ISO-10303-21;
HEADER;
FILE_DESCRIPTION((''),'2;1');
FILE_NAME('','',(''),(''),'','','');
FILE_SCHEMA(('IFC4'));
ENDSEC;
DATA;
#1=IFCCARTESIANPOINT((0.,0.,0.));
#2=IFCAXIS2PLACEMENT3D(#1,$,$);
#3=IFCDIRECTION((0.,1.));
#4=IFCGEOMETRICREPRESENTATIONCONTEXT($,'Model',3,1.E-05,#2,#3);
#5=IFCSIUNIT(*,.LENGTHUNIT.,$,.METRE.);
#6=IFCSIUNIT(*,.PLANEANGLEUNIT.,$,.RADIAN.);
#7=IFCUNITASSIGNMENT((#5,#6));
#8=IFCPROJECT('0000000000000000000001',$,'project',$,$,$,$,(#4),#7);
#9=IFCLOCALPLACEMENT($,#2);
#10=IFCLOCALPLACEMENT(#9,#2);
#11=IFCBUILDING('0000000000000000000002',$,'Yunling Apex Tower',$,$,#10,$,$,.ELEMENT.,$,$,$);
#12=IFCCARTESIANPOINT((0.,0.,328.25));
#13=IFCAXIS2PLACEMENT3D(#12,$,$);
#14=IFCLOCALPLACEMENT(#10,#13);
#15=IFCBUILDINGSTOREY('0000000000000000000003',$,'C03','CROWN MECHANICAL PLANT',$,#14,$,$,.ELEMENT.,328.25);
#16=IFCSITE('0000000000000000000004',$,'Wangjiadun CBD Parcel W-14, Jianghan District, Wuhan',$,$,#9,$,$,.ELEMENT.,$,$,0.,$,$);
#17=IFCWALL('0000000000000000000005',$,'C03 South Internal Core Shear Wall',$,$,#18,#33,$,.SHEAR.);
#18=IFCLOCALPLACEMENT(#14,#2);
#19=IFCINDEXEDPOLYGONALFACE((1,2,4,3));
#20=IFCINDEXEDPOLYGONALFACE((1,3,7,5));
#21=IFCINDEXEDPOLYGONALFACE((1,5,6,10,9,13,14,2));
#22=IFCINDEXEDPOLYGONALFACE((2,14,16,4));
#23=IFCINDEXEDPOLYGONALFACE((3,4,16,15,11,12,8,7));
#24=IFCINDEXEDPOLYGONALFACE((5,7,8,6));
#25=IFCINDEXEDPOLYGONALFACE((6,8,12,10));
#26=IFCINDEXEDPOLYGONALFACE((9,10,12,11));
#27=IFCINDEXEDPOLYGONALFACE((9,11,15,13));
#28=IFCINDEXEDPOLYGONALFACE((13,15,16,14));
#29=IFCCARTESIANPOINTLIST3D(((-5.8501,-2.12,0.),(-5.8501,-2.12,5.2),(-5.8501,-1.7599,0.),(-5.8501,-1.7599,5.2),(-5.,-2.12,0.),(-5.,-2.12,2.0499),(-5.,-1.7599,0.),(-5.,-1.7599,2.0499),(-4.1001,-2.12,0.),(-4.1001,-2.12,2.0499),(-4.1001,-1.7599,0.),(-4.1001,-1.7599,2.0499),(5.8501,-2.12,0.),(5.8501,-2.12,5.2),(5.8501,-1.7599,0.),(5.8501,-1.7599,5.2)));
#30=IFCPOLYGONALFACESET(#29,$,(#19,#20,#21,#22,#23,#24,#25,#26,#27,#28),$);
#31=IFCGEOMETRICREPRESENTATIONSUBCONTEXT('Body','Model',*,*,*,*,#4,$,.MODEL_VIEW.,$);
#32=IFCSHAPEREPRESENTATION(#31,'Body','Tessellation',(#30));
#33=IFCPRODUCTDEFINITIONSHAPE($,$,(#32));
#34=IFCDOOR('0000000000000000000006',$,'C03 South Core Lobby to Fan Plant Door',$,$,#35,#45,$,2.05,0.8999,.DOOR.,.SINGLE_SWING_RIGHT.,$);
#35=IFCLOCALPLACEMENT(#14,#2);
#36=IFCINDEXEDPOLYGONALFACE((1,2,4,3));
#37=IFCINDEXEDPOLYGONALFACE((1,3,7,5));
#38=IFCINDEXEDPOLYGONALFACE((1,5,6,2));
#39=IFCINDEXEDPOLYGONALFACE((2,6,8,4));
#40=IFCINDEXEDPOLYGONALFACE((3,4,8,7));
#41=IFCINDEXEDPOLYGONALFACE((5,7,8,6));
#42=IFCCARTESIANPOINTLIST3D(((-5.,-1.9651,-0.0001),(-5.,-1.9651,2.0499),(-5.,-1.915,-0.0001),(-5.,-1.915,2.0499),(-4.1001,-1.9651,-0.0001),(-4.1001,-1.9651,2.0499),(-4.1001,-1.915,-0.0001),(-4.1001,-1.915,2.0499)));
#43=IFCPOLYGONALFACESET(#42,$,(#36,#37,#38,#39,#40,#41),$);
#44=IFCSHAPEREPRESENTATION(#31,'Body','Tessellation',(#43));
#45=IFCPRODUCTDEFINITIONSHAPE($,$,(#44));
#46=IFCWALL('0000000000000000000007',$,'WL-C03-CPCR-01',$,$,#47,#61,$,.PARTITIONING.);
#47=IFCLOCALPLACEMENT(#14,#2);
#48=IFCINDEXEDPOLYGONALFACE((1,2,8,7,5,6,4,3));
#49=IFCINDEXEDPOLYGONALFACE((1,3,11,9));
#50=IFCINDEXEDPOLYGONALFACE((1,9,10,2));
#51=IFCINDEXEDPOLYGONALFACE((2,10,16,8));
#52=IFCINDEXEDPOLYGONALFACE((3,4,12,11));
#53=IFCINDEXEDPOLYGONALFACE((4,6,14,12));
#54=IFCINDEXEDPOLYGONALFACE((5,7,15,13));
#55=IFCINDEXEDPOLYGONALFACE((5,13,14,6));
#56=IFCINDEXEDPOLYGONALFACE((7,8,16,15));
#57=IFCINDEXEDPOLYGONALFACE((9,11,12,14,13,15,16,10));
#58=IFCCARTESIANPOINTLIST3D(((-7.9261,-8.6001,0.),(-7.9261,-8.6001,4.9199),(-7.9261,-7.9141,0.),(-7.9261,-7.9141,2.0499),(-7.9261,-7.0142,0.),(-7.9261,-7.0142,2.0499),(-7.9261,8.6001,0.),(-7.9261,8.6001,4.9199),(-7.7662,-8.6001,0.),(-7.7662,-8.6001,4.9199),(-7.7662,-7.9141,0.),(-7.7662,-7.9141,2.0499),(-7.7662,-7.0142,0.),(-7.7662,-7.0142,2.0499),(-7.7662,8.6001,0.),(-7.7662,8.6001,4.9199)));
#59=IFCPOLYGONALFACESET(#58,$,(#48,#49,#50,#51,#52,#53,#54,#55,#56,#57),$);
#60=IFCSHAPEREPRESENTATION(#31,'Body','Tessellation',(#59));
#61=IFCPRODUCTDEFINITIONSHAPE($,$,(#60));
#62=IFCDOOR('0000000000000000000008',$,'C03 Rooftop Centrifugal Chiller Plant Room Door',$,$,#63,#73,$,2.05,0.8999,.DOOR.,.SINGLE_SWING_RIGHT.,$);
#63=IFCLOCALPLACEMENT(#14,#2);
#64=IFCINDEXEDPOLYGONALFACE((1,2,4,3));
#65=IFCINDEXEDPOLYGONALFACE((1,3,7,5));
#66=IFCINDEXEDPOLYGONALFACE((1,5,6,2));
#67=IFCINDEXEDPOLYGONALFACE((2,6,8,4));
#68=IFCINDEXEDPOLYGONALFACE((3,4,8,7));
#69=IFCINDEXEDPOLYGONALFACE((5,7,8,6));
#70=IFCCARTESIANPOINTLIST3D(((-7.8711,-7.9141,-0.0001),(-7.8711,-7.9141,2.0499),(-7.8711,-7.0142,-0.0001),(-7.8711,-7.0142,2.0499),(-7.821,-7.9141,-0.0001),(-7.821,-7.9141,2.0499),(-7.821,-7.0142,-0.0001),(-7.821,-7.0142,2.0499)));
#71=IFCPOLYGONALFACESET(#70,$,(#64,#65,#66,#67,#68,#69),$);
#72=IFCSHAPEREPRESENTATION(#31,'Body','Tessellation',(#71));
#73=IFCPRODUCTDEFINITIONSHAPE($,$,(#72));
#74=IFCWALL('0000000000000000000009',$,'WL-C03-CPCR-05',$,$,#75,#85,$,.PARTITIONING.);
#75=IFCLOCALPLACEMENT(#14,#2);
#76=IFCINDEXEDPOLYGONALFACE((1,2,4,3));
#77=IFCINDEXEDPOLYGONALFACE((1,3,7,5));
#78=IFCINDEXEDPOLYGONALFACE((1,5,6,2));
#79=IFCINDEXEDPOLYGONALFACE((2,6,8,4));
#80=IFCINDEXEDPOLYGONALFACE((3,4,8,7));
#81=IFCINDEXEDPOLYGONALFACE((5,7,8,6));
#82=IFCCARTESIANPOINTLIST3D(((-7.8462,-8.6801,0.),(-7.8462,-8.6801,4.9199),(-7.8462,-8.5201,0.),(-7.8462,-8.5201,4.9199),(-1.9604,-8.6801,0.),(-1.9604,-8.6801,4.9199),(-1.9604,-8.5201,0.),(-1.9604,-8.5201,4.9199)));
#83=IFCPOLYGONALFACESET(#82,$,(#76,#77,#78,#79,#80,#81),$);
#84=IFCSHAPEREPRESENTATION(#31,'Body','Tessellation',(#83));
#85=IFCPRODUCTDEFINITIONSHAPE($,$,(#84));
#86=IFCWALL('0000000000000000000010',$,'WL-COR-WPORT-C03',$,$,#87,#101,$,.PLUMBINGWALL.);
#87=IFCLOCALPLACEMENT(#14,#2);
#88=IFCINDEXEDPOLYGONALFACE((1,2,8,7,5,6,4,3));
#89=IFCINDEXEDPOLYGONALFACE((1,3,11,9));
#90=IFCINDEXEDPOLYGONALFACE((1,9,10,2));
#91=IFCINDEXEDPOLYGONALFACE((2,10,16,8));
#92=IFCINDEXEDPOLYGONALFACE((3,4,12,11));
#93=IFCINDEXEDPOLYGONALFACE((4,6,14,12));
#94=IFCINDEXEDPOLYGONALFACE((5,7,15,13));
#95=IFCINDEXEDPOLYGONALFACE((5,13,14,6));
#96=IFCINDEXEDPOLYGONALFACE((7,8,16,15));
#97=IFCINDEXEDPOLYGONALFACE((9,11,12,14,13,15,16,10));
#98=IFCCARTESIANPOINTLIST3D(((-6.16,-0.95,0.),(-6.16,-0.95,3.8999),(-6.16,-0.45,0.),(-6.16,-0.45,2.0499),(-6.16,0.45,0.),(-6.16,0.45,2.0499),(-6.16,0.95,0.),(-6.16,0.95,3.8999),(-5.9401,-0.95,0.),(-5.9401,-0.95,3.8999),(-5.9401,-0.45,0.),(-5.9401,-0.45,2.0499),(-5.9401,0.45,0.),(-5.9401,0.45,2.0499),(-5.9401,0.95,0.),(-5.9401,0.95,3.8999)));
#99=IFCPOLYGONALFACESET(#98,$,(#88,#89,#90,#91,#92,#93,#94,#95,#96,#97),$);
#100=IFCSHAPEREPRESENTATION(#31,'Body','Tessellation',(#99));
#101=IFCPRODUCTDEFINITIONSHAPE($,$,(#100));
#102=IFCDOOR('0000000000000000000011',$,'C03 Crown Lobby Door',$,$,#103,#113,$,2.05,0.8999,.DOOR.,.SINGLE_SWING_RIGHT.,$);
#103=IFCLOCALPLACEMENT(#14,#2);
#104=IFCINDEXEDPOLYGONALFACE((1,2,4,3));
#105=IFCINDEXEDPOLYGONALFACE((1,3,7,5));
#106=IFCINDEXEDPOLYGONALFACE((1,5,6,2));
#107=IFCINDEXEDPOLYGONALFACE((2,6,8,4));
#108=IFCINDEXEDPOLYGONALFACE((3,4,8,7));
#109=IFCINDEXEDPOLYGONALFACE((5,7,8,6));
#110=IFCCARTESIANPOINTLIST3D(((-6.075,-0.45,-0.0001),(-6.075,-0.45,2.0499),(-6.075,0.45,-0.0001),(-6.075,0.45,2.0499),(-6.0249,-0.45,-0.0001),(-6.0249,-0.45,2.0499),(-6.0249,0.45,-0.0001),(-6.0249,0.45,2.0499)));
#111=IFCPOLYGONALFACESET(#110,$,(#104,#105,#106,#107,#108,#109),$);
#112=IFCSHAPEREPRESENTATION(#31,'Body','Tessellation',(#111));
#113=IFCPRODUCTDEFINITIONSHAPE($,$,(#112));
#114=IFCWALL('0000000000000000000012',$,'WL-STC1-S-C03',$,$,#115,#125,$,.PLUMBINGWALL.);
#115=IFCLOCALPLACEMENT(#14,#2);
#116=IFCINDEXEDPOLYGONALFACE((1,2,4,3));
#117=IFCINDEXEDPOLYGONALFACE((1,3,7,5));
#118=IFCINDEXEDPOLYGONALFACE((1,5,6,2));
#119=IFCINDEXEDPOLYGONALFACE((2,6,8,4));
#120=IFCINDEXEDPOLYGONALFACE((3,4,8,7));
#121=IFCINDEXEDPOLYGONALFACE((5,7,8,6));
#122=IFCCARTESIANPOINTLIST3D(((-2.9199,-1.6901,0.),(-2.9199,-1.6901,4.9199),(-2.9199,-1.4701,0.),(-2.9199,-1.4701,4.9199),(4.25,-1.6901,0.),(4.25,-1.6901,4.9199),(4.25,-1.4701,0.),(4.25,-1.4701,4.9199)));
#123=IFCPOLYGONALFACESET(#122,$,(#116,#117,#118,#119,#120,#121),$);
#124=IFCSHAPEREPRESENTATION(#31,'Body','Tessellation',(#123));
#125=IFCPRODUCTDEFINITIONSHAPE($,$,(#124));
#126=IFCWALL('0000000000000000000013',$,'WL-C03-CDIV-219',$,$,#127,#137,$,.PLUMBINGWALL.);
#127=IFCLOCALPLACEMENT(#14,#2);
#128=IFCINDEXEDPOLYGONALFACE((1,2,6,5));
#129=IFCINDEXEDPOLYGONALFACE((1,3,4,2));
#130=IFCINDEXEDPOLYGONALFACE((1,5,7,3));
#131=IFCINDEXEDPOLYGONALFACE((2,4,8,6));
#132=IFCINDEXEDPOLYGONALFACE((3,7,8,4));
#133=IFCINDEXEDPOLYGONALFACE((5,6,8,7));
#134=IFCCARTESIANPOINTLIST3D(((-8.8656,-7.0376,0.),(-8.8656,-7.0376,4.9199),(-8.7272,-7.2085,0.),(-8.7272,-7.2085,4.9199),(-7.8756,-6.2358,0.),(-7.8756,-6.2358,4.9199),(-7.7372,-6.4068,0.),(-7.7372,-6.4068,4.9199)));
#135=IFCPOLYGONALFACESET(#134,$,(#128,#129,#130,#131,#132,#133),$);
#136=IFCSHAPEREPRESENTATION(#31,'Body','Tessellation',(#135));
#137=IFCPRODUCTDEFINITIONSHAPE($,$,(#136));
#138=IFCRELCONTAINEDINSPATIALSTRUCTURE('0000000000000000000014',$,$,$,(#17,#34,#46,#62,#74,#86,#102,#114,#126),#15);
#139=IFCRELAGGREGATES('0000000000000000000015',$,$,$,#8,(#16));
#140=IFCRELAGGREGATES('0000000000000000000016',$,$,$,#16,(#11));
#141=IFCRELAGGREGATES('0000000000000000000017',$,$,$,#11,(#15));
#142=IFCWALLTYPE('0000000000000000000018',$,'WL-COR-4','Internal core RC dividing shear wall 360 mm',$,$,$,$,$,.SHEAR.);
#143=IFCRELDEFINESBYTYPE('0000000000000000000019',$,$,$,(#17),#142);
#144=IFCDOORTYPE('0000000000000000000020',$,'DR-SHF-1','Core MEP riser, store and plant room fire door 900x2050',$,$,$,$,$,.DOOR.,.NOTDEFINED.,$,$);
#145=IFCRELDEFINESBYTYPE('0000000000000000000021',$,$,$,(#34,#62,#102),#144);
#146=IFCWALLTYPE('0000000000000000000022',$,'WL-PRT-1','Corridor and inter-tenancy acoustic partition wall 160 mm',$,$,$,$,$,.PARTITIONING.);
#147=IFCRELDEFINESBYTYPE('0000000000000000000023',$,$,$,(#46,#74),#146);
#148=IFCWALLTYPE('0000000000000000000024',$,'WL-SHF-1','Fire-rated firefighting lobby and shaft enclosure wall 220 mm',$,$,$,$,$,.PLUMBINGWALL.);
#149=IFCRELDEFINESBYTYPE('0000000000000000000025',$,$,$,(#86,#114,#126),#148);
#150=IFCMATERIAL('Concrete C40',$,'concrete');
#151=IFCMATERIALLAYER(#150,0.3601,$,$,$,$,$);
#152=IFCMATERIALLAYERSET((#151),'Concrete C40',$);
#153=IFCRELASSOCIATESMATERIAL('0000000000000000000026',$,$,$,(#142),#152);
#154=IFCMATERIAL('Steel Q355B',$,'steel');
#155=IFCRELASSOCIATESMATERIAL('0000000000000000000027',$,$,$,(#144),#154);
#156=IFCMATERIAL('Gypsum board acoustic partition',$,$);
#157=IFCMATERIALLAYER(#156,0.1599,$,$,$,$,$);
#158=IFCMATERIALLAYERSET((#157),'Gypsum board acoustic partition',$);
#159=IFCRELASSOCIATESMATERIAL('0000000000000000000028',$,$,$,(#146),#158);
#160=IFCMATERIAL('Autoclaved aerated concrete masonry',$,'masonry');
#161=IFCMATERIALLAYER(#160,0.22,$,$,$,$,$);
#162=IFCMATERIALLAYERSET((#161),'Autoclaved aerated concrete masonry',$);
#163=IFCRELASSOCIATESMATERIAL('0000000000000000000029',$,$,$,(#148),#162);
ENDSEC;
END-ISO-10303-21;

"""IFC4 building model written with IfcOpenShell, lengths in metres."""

from ifc_helpers import new_model, si_unit, direction, frame, frame_2d, origin, place, context, subcontext, project, spatial, rectangle, extrude, material, layer, layer_set, type_object, element, fill, save


model = new_model("IFC4")

# Units and contexts
model_context = context("Model", 3, precision=1e-05, world=origin(), true_north=direction((0.0, 1.0)))
body_context = subcontext(model_context, "Body", "Model", "MODEL_VIEW")
ifc_project = project(units=[si_unit("LENGTHUNIT", "METRE"), si_unit("PLANEANGLEUNIT", "RADIAN")], contexts=[model_context])

# Site, building, storey
site_placement = place(None, origin())
site = spatial("IfcSite", under=ifc_project, at=site_placement, Name="Wangjiadun CBD Parcel W-14, Jianghan District, Wuhan", CompositionType="ELEMENT", RefElevation=0.0)
building_placement = place(site_placement, origin())
building = spatial("IfcBuilding", under=site, at=building_placement, Name="Yunling Apex Tower", CompositionType="ELEMENT")
storey_placement = place(building_placement, frame((0.0, 0.0, 328.25)))
storey = spatial("IfcBuildingStorey", under=building, at=storey_placement, Name="C03", Description="CROWN MECHANICAL PLANT", CompositionType="ELEMENT", Elevation=328.25)

# Shared definitions
ifc_material_1 = material(Name="Steel Q355B", Category="steel")

# Shared definitions
ifc_material_2 = material(Name="Concrete C40", Category="concrete")

# Walls, openings, doors
ifc_layer_1 = layer(ifc_material_2, 0.3601)
ifc_layer_set_1 = layer_set([ifc_layer_1], Name="Concrete C40")
wall_type_1 = type_object("IfcWallType", Name="WL-COR-4", Description="Internal core RC dividing shear wall 360 mm", PredefinedType="SHEAR", material=ifc_layer_set_1)
wall_1_placement = place(storey_placement, frame((-5.8501, -1.9399, 0.0), z_axis=(0.0, 0.0, 1.0), x_axis=(1.0, 0.0, 0.0)))
wall_1 = element("IfcWall", 1, at=wall_1_placement, inside=storey, type_object=wall_type_1, Name="C03 South Internal Core Shear Wall", PredefinedType="SHEAR", context=body_context, shape_type="SweptSolid", body=[
    extrude(rectangle(XDim=11.7002, YDim=0.3601, at=frame_2d((5.8501, 0.0))), origin(), (0.0, 0.0, 1.0), 5.2),
])
opening_1_placement = place(wall_1_placement, frame((0.8501, 0.0, 0.0)))
opening_1 = element("IfcOpeningElement", 2, at=opening_1_placement, cuts=wall_1, PredefinedType="OPENING", context=body_context, shape_type="SweptSolid", body=[
    extrude(rectangle(XDim=0.8999, YDim=2.05, at=frame_2d((0.45, 1.0249))), frame((0.0, 0.1899, 0.0), z_axis=(0.0, -1.0, 0.0), x_axis=(1.0, 0.0, 0.0)), (0.0, 0.0, 1.0), 0.3801),
])
door_type_1 = type_object("IfcDoorType", Name="DR-SHF-1", Description="Core MEP riser, store and plant room fire door 900x2050", OperationType="NOTDEFINED", PredefinedType="DOOR", material=ifc_material_1)
door_1_placement = place(opening_1_placement, origin())
door_1 = element("IfcDoor", 3, at=door_1_placement, inside=storey, type_object=door_type_1, Name="C03 South Core Lobby to Fan Plant Door", OperationType="SINGLE_SWING_RIGHT", OverallHeight=2.05, OverallWidth=0.8999, PredefinedType="DOOR", context=body_context, shape_type="SweptSolid", body=[
    extrude(rectangle(XDim=0.8999, YDim=2.05, at=frame_2d((0.45, 1.0249))), frame((0.0, 0.0249, 0.0), z_axis=(0.0, -1.0, 0.0), x_axis=(1.0, 0.0, 0.0)), (0.0, 0.0, 1.0), 0.05),
])
fill(opening_1, door_1)
ifc_material_3 = material(Name="Gypsum board acoustic partition")
ifc_layer_2 = layer(ifc_material_3, 0.1599)
ifc_layer_set_2 = layer_set([ifc_layer_2], Name="Gypsum board acoustic partition")
wall_type_2 = type_object("IfcWallType", Name="WL-PRT-1", Description="Corridor and inter-tenancy acoustic partition wall 160 mm", PredefinedType="PARTITIONING", material=ifc_layer_set_2)
wall_2_placement = place(storey_placement, frame((-7.8462, -8.6001, 0.0), z_axis=(0.0, 0.0, 1.0), x_axis=(0.0, 1.0, 0.0)))
wall_2 = element("IfcWall", 4, at=wall_2_placement, inside=storey, type_object=wall_type_2, Name="WL-C03-CPCR-01", PredefinedType="PARTITIONING", context=body_context, shape_type="SweptSolid", body=[
    extrude(rectangle(XDim=17.2002, YDim=0.1599, at=frame_2d((8.6001, 0.0))), origin(), (0.0, 0.0, 1.0), 4.9199),
])
opening_2_placement = place(wall_2_placement, frame((0.686, 0.0, 0.0)))
opening_2 = element("IfcOpeningElement", 5, at=opening_2_placement, cuts=wall_2, PredefinedType="OPENING", context=body_context, shape_type="SweptSolid", body=[
    extrude(rectangle(XDim=0.8999, YDim=2.05, at=frame_2d((0.45, 1.0249))), frame((0.0, 0.0898, 0.0), z_axis=(0.0, -1.0, 0.0), x_axis=(1.0, 0.0, 0.0)), (0.0, 0.0, 1.0), 0.1799),
])
door_2_placement = place(opening_2_placement, origin())
door_2 = element("IfcDoor", 6, at=door_2_placement, inside=storey, type_object=door_type_1, Name="C03 Rooftop Centrifugal Chiller Plant Room Door", OperationType="SINGLE_SWING_RIGHT", OverallHeight=2.05, OverallWidth=0.8999, PredefinedType="DOOR", context=body_context, shape_type="SweptSolid", body=[
    extrude(rectangle(XDim=0.8999, YDim=2.05, at=frame_2d((0.45, 1.0249))), frame((0.0, 0.0249, 0.0), z_axis=(0.0, -1.0, 0.0), x_axis=(1.0, 0.0, 0.0)), (0.0, 0.0, 1.0), 0.05),
])
fill(opening_2, door_2)

# Wall
wall_3_placement = place(storey_placement, frame((-1.9604, -8.6001, 0.0), z_axis=(0.0, 0.0, 1.0), x_axis=(-1.0, 0.0, 0.0)))
element("IfcWall", 7, at=wall_3_placement, inside=storey, type_object=wall_type_2, Name="WL-C03-CPCR-05", PredefinedType="PARTITIONING", context=body_context, shape_type="SweptSolid", body=[
    extrude(rectangle(XDim=5.8857, YDim=0.1599, at=frame_2d((2.9429, 0.0))), origin(), (0.0, 0.0, 1.0), 4.9199),
])

# Wall, opening, door
ifc_material_4 = material(Name="Autoclaved aerated concrete masonry", Category="masonry")
ifc_layer_3 = layer(ifc_material_4, 0.22)
ifc_layer_set_3 = layer_set([ifc_layer_3], Name="Autoclaved aerated concrete masonry")
wall_type_3 = type_object("IfcWallType", Name="WL-SHF-1", Description="Fire-rated firefighting lobby and shaft enclosure wall 220 mm", PredefinedType="PLUMBINGWALL", material=ifc_layer_set_3)
wall_4_placement = place(storey_placement, frame((-6.05, -0.95, 0.0), z_axis=(0.0, 0.0, 1.0), x_axis=(0.0, 1.0, 0.0)))
wall_4 = element("IfcWall", 8, at=wall_4_placement, inside=storey, type_object=wall_type_3, Name="WL-COR-WPORT-C03", PredefinedType="PLUMBINGWALL", context=body_context, shape_type="SweptSolid", body=[
    extrude(rectangle(XDim=1.8999, YDim=0.22, at=frame_2d((0.95, 0.0))), origin(), (0.0, 0.0, 1.0), 3.8999),
])
opening_3_placement = place(wall_4_placement, frame((0.5, 0.0, 0.0)))
opening_3 = element("IfcOpeningElement", 9, at=opening_3_placement, cuts=wall_4, PredefinedType="OPENING", context=body_context, shape_type="SweptSolid", body=[
    extrude(rectangle(XDim=0.8999, YDim=2.05, at=frame_2d((0.45, 1.0249))), frame((0.0, 0.1201, 0.0), z_axis=(0.0, -1.0, 0.0), x_axis=(1.0, 0.0, 0.0)), (0.0, 0.0, 1.0), 0.24),
])
door_3_placement = place(opening_3_placement, origin())
door_3 = element("IfcDoor", 10, at=door_3_placement, inside=storey, type_object=door_type_1, Name="C03 Crown Lobby Door", OperationType="SINGLE_SWING_RIGHT", OverallHeight=2.05, OverallWidth=0.8999, PredefinedType="DOOR", context=body_context, shape_type="SweptSolid", body=[
    extrude(rectangle(XDim=0.8999, YDim=2.05, at=frame_2d((0.45, 1.0249))), frame((0.0, 0.0249, 0.0), z_axis=(0.0, -1.0, 0.0), x_axis=(1.0, 0.0, 0.0)), (0.0, 0.0, 1.0), 0.05),
])
fill(opening_3, door_3)

# Walls
wall_5_placement = place(storey_placement, frame((-2.9199, -1.5801, 0.0), z_axis=(0.0, 0.0, 1.0), x_axis=(1.0, 0.0, 0.0)))
element("IfcWall", 11, at=wall_5_placement, inside=storey, type_object=wall_type_3, Name="WL-STC1-S-C03", PredefinedType="PLUMBINGWALL", context=body_context, shape_type="SweptSolid", body=[
    extrude(rectangle(XDim=7.1699, YDim=0.22, at=frame_2d((3.585, 0.0))), origin(), (0.0, 0.0, 1.0), 4.9199),
])
wall_6_placement = place(storey_placement, frame((-7.8064, -6.3213, 0.0), z_axis=(0.0, 0.0, 1.0), x_axis=(-0.777115, -0.629358, 0.0)))
element("IfcWall", 12, at=wall_6_placement, inside=storey, type_object=wall_type_3, Name="WL-C03-CDIV-219", PredefinedType="PLUMBINGWALL", context=body_context, shape_type="SweptSolid", body=[
    extrude(rectangle(XDim=1.2739, YDim=0.22, at=frame_2d((0.637, 0.0))), origin(), (0.0, 0.0, 1.0), 4.9199),
])

save(model, "model.ifc")
